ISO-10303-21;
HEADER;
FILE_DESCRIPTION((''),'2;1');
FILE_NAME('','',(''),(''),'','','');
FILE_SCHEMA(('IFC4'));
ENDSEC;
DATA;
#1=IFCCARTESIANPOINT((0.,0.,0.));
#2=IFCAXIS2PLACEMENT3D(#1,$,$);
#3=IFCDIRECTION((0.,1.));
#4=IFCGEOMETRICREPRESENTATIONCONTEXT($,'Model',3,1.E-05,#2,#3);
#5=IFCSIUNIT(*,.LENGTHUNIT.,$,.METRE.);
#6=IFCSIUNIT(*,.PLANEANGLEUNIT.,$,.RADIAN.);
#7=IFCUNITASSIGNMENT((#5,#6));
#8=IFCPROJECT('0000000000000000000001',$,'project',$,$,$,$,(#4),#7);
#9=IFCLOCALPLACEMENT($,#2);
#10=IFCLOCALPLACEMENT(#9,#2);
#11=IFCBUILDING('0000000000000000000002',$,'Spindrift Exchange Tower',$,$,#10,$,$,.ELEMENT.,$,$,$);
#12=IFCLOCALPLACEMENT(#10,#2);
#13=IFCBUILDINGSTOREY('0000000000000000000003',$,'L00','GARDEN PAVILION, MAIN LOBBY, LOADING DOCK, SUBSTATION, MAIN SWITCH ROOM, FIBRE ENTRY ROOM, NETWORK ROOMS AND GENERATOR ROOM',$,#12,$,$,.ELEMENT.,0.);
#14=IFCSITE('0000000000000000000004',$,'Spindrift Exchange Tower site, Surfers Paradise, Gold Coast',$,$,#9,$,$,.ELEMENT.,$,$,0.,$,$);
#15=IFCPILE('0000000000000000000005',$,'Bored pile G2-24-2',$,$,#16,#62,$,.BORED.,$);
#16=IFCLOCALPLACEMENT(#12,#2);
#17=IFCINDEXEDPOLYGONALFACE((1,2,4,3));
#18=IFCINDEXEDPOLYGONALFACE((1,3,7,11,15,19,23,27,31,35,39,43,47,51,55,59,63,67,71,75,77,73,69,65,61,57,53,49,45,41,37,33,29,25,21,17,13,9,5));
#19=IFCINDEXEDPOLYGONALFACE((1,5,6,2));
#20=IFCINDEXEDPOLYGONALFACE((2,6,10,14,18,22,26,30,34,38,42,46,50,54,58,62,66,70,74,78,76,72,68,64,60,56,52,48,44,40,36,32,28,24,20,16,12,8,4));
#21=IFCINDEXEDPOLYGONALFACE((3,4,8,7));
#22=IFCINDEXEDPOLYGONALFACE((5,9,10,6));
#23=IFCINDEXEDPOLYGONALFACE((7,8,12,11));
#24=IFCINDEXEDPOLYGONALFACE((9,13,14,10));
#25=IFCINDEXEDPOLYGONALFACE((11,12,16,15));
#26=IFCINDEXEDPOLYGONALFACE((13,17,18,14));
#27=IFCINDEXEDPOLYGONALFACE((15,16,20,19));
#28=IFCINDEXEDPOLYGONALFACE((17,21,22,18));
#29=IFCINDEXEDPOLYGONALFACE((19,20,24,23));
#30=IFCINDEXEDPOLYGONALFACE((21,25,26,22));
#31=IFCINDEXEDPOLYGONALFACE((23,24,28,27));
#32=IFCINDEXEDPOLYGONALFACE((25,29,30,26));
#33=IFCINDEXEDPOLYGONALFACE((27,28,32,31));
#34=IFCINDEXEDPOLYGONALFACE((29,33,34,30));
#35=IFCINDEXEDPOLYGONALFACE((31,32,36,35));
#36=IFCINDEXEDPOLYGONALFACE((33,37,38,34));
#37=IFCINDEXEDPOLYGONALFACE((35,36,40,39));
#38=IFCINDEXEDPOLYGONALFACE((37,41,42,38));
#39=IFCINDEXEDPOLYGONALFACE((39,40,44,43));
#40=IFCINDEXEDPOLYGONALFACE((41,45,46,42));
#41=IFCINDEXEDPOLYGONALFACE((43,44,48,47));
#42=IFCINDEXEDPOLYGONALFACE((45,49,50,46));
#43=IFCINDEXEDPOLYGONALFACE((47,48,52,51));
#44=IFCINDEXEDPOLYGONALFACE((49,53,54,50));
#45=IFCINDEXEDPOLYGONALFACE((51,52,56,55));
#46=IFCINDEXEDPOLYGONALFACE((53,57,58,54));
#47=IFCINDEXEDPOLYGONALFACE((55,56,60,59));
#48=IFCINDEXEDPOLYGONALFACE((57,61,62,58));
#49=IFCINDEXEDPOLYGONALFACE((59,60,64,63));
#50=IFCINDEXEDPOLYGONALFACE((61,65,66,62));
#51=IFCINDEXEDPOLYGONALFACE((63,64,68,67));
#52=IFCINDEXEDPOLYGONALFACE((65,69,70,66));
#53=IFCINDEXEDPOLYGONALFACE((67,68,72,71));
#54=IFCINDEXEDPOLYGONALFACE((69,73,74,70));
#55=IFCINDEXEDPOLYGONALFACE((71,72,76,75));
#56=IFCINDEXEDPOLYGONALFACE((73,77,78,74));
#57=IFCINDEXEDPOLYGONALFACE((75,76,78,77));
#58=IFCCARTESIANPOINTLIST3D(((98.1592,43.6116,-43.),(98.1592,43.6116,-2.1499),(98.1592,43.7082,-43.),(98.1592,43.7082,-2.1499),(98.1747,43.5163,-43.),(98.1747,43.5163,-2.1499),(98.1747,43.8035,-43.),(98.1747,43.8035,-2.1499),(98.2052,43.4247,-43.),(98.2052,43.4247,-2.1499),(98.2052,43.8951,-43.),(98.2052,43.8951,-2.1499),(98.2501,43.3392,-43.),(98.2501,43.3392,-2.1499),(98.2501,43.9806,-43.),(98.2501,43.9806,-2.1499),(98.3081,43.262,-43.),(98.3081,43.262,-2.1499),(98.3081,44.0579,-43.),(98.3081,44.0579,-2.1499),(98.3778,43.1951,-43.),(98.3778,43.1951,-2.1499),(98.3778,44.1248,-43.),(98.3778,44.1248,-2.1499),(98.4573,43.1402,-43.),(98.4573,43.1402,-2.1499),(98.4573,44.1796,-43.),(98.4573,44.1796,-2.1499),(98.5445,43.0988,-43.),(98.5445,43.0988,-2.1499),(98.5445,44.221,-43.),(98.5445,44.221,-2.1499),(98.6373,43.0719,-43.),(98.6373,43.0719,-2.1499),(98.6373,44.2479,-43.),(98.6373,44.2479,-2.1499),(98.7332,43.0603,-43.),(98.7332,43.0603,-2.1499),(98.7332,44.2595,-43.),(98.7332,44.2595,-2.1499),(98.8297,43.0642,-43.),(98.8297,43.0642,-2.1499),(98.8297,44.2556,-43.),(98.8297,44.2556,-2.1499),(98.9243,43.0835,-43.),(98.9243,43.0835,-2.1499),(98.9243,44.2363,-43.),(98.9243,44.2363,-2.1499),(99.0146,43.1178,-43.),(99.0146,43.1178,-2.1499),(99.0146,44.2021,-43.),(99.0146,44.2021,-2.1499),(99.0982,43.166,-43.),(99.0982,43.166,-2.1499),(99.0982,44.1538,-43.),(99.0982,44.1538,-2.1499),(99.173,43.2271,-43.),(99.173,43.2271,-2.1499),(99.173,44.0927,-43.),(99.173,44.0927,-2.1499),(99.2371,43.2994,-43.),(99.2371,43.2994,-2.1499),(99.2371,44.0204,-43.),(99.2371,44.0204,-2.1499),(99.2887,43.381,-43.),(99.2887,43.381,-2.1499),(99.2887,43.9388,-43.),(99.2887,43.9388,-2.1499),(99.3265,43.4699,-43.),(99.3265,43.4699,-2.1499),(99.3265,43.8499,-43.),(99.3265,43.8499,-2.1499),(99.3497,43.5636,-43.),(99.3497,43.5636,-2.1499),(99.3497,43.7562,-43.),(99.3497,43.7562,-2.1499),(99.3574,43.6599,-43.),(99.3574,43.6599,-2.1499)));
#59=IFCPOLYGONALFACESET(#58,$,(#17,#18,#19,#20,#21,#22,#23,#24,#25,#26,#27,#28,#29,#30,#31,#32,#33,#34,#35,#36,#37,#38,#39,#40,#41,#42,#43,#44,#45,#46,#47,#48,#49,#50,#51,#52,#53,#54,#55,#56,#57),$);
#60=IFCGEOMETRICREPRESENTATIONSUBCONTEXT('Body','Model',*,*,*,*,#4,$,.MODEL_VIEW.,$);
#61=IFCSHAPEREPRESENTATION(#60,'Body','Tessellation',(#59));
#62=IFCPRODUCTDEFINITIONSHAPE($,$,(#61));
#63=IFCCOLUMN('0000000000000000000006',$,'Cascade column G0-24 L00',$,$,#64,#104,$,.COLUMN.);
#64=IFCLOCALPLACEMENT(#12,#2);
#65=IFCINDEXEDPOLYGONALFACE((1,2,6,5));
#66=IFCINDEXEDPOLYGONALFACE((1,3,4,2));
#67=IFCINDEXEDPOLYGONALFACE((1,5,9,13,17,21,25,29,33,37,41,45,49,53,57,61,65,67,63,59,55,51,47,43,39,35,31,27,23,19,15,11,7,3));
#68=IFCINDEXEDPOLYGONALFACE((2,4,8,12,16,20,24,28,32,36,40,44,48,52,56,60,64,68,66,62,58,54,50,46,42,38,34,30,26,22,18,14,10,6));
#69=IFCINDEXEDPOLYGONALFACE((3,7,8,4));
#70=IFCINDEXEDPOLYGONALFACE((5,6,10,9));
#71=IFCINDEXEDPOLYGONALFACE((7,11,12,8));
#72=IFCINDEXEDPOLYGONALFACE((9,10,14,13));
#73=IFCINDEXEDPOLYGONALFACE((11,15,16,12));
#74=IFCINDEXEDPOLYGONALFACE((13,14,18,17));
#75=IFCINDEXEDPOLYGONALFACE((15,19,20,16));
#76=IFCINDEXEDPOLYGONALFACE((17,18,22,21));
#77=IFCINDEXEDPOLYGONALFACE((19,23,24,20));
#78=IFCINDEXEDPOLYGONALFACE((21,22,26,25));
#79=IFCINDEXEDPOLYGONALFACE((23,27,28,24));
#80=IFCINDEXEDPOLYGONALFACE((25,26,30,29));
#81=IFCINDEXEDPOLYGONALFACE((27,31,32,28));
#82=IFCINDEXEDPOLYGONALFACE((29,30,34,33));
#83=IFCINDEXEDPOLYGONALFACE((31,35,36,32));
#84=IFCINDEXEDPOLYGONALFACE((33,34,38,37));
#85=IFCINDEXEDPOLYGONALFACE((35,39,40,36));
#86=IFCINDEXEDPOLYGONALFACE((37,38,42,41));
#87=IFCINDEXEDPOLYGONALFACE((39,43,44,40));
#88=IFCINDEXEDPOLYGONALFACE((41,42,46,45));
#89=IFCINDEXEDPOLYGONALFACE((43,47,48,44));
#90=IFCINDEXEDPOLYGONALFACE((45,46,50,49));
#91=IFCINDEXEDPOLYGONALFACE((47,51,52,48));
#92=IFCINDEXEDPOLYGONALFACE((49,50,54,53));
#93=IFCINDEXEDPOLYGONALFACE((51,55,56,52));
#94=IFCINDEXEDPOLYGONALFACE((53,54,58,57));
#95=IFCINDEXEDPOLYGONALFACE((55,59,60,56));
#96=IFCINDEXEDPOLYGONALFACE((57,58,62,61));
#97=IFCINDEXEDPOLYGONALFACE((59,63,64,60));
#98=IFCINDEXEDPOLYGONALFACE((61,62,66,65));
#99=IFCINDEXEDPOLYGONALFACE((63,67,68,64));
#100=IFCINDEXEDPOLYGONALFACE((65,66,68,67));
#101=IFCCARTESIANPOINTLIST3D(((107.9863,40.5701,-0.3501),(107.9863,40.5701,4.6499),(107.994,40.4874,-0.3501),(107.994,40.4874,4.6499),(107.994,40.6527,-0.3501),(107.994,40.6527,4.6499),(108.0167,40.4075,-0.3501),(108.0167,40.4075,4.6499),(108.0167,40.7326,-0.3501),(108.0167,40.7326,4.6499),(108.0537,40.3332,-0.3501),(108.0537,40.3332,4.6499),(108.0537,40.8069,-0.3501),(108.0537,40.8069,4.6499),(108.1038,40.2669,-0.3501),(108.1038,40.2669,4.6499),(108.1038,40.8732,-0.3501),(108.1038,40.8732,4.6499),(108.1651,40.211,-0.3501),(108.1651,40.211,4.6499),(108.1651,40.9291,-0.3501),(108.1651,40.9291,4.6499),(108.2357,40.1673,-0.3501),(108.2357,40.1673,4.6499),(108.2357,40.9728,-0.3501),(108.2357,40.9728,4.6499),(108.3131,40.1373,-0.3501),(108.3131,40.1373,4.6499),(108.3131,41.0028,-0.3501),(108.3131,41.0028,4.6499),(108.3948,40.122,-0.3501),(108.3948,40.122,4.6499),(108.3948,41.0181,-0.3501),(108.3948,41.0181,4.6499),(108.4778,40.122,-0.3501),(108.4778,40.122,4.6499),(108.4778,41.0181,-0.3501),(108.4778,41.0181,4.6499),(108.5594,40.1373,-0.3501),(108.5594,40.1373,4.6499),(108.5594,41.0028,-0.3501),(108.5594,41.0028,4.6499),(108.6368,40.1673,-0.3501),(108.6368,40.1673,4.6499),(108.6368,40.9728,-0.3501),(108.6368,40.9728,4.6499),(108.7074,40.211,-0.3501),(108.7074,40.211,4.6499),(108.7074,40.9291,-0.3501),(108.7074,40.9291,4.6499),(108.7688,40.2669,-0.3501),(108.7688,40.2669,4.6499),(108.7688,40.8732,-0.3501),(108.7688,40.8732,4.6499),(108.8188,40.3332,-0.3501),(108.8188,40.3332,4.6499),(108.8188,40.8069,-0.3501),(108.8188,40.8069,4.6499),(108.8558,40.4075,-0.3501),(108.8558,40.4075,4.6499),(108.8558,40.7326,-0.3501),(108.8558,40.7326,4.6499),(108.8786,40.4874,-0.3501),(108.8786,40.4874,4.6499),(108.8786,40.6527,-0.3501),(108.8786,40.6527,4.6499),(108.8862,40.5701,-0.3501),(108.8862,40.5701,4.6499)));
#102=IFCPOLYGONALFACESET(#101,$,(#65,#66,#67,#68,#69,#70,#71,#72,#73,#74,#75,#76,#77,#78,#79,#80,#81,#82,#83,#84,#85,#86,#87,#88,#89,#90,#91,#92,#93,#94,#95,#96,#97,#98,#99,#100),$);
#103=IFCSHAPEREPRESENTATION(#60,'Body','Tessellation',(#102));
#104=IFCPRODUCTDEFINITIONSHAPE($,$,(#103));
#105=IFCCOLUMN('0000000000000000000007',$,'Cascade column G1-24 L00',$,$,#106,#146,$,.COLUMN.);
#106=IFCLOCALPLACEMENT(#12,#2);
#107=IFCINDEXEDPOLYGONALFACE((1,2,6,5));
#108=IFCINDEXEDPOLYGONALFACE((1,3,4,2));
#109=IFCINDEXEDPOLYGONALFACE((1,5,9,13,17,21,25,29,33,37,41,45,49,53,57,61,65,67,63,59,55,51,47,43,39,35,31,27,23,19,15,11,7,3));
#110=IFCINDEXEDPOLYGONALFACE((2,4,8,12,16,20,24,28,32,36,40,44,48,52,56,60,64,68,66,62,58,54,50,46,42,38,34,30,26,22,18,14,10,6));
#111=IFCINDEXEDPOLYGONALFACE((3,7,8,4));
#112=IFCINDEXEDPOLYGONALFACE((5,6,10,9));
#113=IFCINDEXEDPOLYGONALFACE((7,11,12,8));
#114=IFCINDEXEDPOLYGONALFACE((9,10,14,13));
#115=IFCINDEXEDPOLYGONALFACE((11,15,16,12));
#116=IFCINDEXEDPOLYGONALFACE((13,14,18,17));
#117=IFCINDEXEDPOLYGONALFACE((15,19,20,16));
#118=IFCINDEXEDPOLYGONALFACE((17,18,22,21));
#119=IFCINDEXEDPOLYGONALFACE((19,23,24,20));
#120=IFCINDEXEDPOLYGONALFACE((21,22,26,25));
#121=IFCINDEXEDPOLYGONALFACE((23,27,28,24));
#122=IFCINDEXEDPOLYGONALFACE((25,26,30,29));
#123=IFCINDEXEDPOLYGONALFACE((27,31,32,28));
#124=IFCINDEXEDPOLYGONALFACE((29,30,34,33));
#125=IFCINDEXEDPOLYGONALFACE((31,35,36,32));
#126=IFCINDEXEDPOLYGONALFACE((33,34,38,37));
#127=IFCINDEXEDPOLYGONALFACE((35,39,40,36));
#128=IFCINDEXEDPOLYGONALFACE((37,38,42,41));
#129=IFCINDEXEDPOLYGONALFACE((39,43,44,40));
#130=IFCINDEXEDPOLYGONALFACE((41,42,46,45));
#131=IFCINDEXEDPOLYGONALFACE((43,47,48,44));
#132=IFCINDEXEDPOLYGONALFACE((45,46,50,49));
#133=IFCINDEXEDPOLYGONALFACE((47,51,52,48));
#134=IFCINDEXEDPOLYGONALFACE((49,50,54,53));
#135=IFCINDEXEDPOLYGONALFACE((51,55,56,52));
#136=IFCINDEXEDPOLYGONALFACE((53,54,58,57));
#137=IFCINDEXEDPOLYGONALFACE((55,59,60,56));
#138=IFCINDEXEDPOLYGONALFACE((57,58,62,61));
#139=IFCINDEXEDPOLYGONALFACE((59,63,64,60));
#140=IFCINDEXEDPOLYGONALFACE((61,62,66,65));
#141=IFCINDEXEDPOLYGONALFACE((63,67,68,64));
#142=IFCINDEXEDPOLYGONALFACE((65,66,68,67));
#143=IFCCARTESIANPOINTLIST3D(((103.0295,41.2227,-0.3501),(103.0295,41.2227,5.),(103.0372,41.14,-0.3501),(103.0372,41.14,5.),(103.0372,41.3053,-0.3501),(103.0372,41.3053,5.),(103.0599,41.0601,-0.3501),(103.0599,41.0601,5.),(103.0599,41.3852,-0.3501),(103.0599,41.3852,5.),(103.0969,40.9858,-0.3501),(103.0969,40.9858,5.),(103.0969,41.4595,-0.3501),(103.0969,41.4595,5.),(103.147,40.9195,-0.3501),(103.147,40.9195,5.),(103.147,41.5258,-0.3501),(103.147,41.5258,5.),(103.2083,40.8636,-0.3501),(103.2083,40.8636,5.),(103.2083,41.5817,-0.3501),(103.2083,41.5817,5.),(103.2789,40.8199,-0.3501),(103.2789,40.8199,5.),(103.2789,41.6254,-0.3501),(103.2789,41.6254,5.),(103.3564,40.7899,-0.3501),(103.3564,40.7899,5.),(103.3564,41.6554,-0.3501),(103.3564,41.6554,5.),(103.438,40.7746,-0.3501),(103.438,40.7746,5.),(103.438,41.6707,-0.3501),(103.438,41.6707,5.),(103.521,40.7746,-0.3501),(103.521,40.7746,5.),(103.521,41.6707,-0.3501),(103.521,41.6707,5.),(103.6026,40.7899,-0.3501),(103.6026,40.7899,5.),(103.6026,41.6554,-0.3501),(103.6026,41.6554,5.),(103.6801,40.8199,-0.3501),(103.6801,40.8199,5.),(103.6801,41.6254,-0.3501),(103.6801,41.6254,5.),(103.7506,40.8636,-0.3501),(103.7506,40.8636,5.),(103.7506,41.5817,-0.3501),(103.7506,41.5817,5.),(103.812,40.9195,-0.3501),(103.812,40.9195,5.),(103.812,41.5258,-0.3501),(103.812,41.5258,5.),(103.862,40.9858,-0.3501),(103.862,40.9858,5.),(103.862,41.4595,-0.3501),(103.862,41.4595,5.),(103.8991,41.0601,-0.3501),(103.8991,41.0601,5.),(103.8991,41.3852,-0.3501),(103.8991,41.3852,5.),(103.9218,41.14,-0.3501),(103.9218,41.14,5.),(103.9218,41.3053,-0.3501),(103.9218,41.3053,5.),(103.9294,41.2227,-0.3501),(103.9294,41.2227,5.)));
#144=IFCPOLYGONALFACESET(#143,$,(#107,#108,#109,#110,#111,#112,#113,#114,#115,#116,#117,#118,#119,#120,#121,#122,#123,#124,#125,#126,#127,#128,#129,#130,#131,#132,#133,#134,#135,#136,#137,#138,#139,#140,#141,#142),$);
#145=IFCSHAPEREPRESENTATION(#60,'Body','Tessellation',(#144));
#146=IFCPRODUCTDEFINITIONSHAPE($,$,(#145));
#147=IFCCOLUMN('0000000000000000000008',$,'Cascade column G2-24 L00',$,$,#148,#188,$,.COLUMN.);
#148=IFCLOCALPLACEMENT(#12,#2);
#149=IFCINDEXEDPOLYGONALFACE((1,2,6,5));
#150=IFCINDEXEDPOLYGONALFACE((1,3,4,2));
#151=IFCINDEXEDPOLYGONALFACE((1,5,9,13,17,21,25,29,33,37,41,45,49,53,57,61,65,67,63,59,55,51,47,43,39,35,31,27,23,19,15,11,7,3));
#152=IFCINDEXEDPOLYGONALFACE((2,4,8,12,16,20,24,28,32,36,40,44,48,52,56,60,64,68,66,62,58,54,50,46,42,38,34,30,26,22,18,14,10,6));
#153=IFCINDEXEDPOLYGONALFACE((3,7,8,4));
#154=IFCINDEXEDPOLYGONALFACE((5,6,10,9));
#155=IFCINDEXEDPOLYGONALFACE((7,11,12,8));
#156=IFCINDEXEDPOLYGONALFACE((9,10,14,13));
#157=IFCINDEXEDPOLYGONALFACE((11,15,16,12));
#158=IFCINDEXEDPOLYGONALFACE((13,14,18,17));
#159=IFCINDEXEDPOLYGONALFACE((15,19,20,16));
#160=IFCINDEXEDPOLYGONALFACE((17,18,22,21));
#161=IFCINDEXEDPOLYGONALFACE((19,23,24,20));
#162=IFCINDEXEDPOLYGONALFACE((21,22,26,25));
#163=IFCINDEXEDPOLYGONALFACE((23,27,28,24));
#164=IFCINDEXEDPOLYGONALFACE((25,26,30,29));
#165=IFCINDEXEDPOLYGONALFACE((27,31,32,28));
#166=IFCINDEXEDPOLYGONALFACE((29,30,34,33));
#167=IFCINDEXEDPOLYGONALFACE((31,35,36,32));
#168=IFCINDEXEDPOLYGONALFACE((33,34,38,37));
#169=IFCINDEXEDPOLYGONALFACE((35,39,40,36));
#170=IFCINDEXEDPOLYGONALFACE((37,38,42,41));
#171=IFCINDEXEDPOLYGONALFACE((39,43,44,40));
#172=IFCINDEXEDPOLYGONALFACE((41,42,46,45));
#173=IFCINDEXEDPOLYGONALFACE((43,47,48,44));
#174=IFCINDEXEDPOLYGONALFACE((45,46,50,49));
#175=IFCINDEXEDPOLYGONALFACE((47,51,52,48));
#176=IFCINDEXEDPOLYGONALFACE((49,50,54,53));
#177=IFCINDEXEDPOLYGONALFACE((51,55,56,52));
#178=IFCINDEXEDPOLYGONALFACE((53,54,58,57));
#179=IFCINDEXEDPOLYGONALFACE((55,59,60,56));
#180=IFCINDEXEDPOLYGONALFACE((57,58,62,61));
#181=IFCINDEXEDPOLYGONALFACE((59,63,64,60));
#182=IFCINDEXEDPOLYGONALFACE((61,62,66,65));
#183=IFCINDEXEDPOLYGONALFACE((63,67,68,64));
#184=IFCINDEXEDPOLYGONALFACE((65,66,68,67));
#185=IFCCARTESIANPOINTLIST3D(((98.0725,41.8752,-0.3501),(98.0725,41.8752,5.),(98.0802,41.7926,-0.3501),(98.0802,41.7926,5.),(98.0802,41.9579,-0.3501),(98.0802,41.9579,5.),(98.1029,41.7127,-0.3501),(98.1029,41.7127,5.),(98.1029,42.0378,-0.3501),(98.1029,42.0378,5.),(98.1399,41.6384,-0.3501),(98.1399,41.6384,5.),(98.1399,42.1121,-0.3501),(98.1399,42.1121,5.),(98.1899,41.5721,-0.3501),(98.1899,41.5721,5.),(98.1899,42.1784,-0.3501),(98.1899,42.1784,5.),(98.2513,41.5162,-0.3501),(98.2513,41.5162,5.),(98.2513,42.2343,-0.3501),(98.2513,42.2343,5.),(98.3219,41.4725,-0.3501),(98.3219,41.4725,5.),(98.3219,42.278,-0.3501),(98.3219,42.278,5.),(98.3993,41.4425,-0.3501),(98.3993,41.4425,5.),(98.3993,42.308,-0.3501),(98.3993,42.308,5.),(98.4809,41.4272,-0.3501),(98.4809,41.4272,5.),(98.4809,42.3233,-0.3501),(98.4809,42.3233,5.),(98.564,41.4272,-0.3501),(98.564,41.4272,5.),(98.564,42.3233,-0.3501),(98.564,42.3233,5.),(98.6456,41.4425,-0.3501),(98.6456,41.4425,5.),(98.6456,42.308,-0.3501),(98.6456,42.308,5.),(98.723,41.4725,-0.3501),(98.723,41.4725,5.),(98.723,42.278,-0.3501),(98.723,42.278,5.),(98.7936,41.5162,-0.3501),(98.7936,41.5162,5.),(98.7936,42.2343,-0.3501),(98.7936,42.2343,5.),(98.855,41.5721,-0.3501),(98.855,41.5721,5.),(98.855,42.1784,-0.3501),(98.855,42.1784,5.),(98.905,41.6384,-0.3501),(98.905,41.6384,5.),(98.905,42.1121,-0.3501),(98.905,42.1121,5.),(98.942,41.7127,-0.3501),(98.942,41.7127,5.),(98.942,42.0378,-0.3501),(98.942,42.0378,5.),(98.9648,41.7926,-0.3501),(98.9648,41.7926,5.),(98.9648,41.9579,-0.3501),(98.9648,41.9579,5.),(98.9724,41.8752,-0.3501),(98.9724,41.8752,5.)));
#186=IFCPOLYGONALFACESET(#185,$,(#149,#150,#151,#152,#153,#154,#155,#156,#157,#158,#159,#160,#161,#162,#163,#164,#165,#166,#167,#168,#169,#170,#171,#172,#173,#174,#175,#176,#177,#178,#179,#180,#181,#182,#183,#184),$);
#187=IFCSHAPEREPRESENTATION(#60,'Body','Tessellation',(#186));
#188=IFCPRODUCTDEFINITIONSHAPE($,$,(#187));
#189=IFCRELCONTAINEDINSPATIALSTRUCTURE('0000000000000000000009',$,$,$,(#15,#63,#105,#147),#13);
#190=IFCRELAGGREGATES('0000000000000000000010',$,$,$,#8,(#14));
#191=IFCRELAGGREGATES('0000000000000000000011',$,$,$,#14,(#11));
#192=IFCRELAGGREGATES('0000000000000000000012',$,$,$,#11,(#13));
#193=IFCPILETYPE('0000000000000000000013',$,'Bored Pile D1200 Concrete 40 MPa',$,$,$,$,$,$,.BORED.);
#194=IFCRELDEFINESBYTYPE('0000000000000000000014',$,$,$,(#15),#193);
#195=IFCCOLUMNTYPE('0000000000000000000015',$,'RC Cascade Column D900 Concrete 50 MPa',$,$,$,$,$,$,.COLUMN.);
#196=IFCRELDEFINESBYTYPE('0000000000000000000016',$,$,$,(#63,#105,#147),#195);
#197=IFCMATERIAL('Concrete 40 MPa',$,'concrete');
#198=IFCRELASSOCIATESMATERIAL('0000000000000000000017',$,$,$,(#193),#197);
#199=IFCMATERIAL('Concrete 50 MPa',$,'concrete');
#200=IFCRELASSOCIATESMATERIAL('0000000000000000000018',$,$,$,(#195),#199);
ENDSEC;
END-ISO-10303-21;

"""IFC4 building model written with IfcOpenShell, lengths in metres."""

from ifc_helpers import new_model, si_unit, direction, frame, origin, origin_2d, place, context, subcontext, project, spatial, circle, extrude, source, transform, mapped, material, material_profile, profile_set, type_object, element, save


model = new_model("IFC4")

# Units and contexts
model_context = context("Model", 3, precision=1e-05, world=origin(), true_north=direction((0.0, 1.0)))
body_context = subcontext(model_context, "Body", "Model", "MODEL_VIEW")
ifc_project = project(units=[si_unit("LENGTHUNIT", "METRE"), si_unit("PLANEANGLEUNIT", "RADIAN")], contexts=[model_context])

# Site, building, storey
site_placement = place(None, origin())
site = spatial("IfcSite", under=ifc_project, at=site_placement, Name="Spindrift Exchange Tower site, Surfers Paradise, Gold Coast", CompositionType="ELEMENT", RefElevation=0.0)
building_placement = place(site_placement, origin())
building = spatial("IfcBuilding", under=site, at=building_placement, Name="Spindrift Exchange Tower", CompositionType="ELEMENT")
storey_placement = place(building_placement, origin())
storey = spatial("IfcBuildingStorey", under=building, at=storey_placement, Name="L00", Description="GARDEN PAVILION, MAIN LOBBY, LOADING DOCK, SUBSTATION, MAIN SWITCH ROOM, FIBRE ENTRY ROOM, NETWORK ROOMS AND GENERATOR ROOM", CompositionType="ELEMENT", Elevation=0.0)

# Pile
ifc_material_1 = material(Name="Concrete 40 MPa", Category="concrete")
ifc_material_profile_1 = material_profile(ifc_material_1, circle(Radius=0.6001, at=origin_2d()), Name="BP D1200")
ifc_profile_set_1 = profile_set([ifc_material_profile_1], Name="Concrete 40 MPa")
pile_type = type_object("IfcPileType", Name="Bored Pile D1200 Concrete 40 MPa", PredefinedType="BORED", material=ifc_profile_set_1)
shared_shape_1 = source(origin(), body_context, "Body", "SweptSolid", [
    extrude(circle(Radius=0.6001, at=origin_2d()), origin(), (0.0, 0.0, 1.0), 40.8501),
])
for number, where, z_axis, x_axis, name in (
    (1, (98.7573, 43.6599, -2.1499), (0.0, 0.0, -1.0), (1.0, 0.0, 0.0), "Bored pile G2-24-2"),
):
    element("IfcPile", number, at=place(storey_placement, frame(where, z_axis=z_axis, x_axis=x_axis)), inside=storey, type_object=pile_type, Name=name, PredefinedType="BORED", context=body_context, shape_type="MappedRepresentation", body=[
        mapped(shared_shape_1, transform((0.0, 0.0, 0.0), scale=1.0)),
    ])

# Columns
ifc_material_2 = material(Name="Concrete 50 MPa", Category="concrete")
ifc_material_profile_2 = material_profile(ifc_material_2, circle(Radius=0.45, at=origin_2d()), Name="RC D900")
ifc_profile_set_2 = profile_set([ifc_material_profile_2], Name="Concrete 50 MPa")
column_type = type_object("IfcColumnType", Name="RC Cascade Column D900 Concrete 50 MPa", PredefinedType="COLUMN", material=ifc_profile_set_2)
shared_shape_2 = source(origin(), body_context, "Body", "SweptSolid", [
    extrude(circle(Radius=0.45, at=origin_2d()), origin(), (0.0, 0.0, 1.0), 5.0),
])
column_placement = place(storey_placement, frame((108.4363, 40.5701, -0.3501), z_axis=(0.0, 0.0, 1.0), x_axis=(1.0, 0.0, 0.0)))
element("IfcColumn", 2, at=column_placement, inside=storey, type_object=column_type, Name="Cascade column G0-24 L00", PredefinedType="COLUMN", context=body_context, shape_type="MappedRepresentation", body=[
    mapped(shared_shape_2, transform((0.0, 0.0, 0.0), scale=1.0)),
])
shared_shape_3 = source(origin(), body_context, "Body", "SweptSolid", [
    extrude(circle(Radius=0.45, at=origin_2d()), origin(), (0.0, 0.0, 1.0), 5.3501),
])
for number, where, z_axis, x_axis, name in (
    (3, (103.4795, 41.2227, -0.3501), (0.0, 0.0, 1.0), (1.0, 0.0, 0.0), "Cascade column G1-24 L00"),
    (4, (98.5225, 41.8752, -0.3501), (0.0, 0.0, 1.0), (1.0, 0.0, 0.0), "Cascade column G2-24 L00"),
):
    element("IfcColumn", number, at=place(storey_placement, frame(where, z_axis=z_axis, x_axis=x_axis)), inside=storey, type_object=column_type, Name=name, PredefinedType="COLUMN", context=body_context, shape_type="MappedRepresentation", body=[
        mapped(shared_shape_3, transform((0.0, 0.0, 0.0), scale=1.0)),
    ])

save(model, "model.ifc")
